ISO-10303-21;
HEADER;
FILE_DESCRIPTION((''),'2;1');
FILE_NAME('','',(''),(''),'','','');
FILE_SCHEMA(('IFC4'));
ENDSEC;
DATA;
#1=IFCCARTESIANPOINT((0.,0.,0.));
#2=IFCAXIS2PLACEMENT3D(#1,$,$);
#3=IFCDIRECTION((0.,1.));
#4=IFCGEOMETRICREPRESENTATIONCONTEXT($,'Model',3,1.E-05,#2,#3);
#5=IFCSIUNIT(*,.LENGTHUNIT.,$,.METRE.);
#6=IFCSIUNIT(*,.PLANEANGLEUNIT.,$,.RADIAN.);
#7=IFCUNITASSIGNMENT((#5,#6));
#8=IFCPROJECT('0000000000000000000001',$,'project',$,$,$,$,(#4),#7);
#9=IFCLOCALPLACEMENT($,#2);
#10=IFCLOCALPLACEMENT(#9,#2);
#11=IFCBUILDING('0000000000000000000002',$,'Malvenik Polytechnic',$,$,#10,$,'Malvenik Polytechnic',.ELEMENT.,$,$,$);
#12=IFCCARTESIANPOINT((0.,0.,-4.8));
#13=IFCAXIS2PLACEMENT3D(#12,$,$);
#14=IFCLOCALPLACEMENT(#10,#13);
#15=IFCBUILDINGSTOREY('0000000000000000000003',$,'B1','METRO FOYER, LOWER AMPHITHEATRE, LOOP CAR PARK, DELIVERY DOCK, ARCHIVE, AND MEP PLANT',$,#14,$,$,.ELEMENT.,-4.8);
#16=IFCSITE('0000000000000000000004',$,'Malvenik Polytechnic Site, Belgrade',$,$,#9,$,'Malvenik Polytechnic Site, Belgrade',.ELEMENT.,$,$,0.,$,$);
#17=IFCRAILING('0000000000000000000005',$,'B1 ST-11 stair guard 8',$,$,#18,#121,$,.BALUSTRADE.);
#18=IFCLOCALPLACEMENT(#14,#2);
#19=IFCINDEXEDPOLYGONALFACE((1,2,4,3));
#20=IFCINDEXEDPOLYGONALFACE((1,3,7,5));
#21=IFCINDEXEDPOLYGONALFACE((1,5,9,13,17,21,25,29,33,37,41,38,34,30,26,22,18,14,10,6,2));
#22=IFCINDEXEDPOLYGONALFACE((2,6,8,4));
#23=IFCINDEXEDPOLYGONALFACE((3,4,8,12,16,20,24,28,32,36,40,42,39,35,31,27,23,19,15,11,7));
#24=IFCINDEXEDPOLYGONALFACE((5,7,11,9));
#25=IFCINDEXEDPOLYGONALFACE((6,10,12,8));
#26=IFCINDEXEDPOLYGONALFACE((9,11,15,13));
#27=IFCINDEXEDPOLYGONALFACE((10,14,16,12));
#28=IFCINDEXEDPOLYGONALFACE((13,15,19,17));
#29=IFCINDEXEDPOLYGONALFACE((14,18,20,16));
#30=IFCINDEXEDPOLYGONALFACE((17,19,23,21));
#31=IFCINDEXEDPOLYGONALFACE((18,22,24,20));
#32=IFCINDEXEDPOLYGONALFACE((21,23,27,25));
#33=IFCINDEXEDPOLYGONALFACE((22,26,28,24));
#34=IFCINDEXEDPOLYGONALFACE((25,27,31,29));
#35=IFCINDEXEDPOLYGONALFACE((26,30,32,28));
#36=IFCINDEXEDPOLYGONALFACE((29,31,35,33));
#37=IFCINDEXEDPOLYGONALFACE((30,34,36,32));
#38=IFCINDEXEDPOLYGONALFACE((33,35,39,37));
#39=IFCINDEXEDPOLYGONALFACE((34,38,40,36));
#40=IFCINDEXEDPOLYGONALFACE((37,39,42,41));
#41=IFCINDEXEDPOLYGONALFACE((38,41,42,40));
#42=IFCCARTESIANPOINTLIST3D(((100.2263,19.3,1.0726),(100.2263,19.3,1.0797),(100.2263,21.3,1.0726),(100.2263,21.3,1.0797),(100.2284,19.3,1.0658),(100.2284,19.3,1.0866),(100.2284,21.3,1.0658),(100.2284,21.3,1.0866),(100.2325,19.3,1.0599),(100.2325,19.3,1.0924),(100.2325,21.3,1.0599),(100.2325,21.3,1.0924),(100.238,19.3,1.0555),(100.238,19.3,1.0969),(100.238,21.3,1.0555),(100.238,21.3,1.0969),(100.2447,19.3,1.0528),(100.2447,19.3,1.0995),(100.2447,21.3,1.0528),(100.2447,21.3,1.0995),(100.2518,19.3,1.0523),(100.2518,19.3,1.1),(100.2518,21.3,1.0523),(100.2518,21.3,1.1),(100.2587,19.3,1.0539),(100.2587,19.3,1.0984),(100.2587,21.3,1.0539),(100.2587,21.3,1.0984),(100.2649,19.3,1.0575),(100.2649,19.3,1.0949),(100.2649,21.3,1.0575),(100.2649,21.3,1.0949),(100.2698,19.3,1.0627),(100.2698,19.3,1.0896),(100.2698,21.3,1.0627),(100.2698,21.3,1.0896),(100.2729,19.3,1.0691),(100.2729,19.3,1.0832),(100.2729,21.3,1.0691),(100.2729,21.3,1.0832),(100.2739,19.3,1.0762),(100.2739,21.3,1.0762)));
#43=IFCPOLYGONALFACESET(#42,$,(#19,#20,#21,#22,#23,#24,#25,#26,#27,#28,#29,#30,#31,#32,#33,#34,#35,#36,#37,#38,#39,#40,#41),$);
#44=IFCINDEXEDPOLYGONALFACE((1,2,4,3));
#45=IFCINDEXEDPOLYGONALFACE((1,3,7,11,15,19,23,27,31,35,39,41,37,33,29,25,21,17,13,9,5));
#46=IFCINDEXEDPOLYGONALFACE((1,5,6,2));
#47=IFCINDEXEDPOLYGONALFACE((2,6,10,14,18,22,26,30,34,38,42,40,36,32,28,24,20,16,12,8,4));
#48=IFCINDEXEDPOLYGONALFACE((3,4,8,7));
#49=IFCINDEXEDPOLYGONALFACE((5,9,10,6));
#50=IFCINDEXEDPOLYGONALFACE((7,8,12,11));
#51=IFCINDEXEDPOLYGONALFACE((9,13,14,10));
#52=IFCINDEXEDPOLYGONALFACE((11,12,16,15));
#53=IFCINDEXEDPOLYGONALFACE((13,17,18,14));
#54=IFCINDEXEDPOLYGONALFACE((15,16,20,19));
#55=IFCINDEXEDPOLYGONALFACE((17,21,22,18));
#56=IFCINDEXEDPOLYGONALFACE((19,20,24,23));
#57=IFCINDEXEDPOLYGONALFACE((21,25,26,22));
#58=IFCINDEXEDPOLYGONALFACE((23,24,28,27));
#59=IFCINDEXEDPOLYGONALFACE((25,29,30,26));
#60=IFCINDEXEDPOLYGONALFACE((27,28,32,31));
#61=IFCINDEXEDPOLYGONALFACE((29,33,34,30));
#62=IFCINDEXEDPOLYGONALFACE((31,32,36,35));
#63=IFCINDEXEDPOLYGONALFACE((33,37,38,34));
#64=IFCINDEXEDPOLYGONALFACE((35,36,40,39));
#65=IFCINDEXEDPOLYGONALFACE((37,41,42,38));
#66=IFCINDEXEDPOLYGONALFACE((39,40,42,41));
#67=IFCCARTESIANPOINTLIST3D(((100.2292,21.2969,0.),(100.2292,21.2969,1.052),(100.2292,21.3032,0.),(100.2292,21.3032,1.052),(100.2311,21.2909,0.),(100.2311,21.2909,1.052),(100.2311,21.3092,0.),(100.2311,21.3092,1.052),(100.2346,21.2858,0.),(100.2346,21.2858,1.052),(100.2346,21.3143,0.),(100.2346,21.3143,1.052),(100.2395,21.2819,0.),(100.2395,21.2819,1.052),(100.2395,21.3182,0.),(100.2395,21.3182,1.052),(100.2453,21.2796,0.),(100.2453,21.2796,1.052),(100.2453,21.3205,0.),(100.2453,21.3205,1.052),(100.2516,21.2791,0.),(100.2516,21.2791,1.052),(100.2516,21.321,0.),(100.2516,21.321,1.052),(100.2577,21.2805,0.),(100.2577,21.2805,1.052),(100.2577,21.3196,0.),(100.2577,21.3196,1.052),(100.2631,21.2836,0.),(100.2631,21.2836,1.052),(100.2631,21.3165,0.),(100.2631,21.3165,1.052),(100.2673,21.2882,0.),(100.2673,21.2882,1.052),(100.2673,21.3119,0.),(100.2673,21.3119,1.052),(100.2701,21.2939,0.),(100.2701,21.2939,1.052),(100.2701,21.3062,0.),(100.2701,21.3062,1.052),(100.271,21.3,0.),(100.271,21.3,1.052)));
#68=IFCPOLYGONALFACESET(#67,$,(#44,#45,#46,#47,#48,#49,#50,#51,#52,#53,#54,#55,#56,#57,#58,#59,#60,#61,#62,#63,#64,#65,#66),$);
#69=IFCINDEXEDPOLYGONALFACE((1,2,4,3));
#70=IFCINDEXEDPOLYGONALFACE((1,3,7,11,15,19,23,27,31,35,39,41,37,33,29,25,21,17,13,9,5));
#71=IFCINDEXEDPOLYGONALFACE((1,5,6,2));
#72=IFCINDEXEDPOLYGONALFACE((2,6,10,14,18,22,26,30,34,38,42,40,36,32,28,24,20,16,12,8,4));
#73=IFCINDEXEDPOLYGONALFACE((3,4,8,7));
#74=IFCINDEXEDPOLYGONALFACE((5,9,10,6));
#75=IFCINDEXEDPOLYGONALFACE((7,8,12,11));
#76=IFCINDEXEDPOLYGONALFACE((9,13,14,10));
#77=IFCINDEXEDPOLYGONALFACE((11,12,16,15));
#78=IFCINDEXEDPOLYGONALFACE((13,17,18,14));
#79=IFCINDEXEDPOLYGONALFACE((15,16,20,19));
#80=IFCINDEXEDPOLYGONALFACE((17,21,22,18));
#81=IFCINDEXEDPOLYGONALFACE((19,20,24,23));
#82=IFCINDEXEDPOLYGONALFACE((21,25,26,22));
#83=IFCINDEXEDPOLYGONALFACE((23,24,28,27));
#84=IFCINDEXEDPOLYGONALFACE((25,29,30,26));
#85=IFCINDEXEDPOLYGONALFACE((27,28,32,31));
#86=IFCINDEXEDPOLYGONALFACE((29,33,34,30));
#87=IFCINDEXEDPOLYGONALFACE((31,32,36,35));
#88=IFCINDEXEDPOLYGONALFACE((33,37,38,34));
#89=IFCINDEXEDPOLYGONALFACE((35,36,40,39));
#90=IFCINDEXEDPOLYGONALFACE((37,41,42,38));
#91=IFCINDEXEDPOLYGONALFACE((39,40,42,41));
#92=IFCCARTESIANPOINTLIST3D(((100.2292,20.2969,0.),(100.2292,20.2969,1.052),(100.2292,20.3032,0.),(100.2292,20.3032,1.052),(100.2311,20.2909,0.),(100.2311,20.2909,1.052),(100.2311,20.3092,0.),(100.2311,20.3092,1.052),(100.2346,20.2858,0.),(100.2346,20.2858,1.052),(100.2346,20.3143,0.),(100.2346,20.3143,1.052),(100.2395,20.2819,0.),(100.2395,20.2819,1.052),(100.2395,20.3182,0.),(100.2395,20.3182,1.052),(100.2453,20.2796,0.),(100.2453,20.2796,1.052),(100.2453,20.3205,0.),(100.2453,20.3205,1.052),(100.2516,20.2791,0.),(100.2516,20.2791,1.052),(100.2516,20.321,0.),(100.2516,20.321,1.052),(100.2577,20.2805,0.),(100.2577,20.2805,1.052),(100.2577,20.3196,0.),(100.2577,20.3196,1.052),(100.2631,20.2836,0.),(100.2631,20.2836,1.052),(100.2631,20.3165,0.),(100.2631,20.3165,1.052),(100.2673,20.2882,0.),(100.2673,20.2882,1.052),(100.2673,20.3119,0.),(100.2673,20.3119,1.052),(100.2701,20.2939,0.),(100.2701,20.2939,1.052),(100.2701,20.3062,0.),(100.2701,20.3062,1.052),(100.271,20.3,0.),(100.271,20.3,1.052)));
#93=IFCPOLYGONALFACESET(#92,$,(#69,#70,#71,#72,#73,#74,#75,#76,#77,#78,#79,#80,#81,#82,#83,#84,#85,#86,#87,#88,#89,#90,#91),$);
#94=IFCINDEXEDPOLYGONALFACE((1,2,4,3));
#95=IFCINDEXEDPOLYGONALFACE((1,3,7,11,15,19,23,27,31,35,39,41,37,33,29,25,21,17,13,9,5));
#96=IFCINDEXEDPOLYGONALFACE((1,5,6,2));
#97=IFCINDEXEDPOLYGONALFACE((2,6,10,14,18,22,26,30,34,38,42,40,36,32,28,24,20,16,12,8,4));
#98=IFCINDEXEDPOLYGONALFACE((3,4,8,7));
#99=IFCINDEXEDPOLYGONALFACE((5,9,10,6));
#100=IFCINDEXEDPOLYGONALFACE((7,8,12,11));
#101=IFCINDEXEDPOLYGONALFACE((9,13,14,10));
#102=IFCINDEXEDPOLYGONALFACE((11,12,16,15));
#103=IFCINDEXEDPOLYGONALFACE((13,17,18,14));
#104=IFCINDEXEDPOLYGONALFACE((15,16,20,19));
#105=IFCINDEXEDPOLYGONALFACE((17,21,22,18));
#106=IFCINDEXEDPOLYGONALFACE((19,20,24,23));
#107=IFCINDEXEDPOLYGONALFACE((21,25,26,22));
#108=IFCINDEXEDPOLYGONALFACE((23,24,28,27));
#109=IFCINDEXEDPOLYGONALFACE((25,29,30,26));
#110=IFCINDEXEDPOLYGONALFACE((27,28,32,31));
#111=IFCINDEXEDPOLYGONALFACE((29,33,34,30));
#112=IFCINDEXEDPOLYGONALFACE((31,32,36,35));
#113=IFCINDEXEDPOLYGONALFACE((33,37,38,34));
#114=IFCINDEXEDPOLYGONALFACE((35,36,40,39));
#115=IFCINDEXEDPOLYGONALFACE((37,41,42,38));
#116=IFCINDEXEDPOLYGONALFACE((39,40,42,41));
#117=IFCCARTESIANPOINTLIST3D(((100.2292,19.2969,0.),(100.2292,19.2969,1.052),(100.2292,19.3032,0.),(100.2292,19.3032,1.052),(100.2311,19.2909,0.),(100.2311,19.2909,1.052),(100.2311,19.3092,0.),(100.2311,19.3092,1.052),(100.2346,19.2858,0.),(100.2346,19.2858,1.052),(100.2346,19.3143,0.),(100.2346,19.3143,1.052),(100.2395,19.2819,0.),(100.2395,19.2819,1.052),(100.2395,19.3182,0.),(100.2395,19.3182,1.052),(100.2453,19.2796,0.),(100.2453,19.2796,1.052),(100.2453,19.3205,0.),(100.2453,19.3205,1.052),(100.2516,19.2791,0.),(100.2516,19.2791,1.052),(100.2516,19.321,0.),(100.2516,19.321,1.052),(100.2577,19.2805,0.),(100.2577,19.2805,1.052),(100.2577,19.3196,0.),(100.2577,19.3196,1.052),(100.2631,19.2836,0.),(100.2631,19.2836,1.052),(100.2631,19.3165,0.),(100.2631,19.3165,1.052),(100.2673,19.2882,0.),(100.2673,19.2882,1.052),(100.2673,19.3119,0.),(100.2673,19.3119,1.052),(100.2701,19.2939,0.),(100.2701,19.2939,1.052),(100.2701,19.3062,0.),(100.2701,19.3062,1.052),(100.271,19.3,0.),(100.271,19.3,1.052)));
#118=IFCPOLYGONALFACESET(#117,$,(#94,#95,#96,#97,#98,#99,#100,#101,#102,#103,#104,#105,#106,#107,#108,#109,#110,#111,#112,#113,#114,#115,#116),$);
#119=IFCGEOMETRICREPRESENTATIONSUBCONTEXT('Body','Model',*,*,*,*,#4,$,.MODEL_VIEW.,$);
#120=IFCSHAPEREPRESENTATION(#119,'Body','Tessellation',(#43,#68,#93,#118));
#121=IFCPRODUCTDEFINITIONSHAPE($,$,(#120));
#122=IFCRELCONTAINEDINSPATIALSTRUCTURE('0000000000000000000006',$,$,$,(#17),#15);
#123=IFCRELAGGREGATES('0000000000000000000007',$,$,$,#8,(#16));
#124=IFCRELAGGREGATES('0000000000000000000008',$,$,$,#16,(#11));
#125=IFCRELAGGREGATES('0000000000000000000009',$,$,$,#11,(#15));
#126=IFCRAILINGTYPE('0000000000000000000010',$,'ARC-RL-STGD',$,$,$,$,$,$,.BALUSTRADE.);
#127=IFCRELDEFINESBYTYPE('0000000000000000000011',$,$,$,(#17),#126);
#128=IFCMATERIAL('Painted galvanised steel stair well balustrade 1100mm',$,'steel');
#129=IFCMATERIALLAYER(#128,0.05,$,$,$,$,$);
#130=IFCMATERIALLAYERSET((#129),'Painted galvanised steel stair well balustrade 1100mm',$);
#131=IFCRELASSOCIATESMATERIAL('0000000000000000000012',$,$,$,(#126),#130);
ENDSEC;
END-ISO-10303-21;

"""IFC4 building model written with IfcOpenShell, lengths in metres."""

from ifc_helpers import new_model, si_unit, direction, frame, origin, origin_2d, place, context, subcontext, project, spatial, circle, extrude, material, layer, layer_set, type_object, element, save


model = new_model("IFC4")

# Units and contexts
model_context = context("Model", 3, precision=1e-05, world=origin(), true_north=direction((0.0, 1.0)))
body_context = subcontext(model_context, "Body", "Model", "MODEL_VIEW")
ifc_project = project(units=[si_unit("LENGTHUNIT", "METRE"), si_unit("PLANEANGLEUNIT", "RADIAN")], contexts=[model_context])

# Site, building, storey
site_placement = place(None, origin())
site = spatial("IfcSite", under=ifc_project, at=site_placement, Name="Malvenik Polytechnic Site, Belgrade", LongName="Malvenik Polytechnic Site, Belgrade", CompositionType="ELEMENT", RefElevation=0.0)
building_placement = place(site_placement, origin())
building = spatial("IfcBuilding", under=site, at=building_placement, Name="Malvenik Polytechnic", LongName="Malvenik Polytechnic", CompositionType="ELEMENT")
storey_placement = place(building_placement, frame((0.0, 0.0, -4.8)))
storey = spatial("IfcBuildingStorey", under=building, at=storey_placement, Name="B1", Description="METRO FOYER, LOWER AMPHITHEATRE, LOOP CAR PARK, DELIVERY DOCK, ARCHIVE, AND MEP PLANT", CompositionType="ELEMENT", Elevation=-4.8)

# Railing
ifc_material_1 = material(Name="Painted galvanised steel stair well balustrade 1100mm", Category="steel")
ifc_layer_1 = layer(ifc_material_1, 0.05)
ifc_layer_set_1 = layer_set([ifc_layer_1], Name="Painted galvanised steel stair well balustrade 1100mm")
railing_type = type_object("IfcRailingType", Name="ARC-RL-STGD", PredefinedType="BALUSTRADE", material=ifc_layer_set_1)
railing_1_placement = place(storey_placement, frame((100.25, 21.3, 0.0)))
element("IfcRailing", 1, at=railing_1_placement, inside=storey, type_object=railing_type, Name="B1 ST-11 stair guard 8", PredefinedType="BALUSTRADE", context=body_context, shape_type="SweptSolid", body=[
    extrude(circle(Radius=0.0239, at=origin_2d()), frame((0.0, 0.0, 1.0762), z_axis=(0.0, -1.0, 0.0), x_axis=(1.0, 0.0, 0.0)), (0.0, 0.0, 1.0), 2.0),
    extrude(circle(Radius=0.021, at=origin_2d()), origin(), (0.0, 0.0, 1.0), 1.052),
    extrude(circle(Radius=0.021, at=origin_2d()), frame((0.0, -1.0, 0.0)), (0.0, 0.0, 1.0), 1.052),
    extrude(circle(Radius=0.021, at=origin_2d()), frame((0.0, -2.0, 0.0)), (0.0, 0.0, 1.0), 1.052),
])

save(model, "model.ifc")
